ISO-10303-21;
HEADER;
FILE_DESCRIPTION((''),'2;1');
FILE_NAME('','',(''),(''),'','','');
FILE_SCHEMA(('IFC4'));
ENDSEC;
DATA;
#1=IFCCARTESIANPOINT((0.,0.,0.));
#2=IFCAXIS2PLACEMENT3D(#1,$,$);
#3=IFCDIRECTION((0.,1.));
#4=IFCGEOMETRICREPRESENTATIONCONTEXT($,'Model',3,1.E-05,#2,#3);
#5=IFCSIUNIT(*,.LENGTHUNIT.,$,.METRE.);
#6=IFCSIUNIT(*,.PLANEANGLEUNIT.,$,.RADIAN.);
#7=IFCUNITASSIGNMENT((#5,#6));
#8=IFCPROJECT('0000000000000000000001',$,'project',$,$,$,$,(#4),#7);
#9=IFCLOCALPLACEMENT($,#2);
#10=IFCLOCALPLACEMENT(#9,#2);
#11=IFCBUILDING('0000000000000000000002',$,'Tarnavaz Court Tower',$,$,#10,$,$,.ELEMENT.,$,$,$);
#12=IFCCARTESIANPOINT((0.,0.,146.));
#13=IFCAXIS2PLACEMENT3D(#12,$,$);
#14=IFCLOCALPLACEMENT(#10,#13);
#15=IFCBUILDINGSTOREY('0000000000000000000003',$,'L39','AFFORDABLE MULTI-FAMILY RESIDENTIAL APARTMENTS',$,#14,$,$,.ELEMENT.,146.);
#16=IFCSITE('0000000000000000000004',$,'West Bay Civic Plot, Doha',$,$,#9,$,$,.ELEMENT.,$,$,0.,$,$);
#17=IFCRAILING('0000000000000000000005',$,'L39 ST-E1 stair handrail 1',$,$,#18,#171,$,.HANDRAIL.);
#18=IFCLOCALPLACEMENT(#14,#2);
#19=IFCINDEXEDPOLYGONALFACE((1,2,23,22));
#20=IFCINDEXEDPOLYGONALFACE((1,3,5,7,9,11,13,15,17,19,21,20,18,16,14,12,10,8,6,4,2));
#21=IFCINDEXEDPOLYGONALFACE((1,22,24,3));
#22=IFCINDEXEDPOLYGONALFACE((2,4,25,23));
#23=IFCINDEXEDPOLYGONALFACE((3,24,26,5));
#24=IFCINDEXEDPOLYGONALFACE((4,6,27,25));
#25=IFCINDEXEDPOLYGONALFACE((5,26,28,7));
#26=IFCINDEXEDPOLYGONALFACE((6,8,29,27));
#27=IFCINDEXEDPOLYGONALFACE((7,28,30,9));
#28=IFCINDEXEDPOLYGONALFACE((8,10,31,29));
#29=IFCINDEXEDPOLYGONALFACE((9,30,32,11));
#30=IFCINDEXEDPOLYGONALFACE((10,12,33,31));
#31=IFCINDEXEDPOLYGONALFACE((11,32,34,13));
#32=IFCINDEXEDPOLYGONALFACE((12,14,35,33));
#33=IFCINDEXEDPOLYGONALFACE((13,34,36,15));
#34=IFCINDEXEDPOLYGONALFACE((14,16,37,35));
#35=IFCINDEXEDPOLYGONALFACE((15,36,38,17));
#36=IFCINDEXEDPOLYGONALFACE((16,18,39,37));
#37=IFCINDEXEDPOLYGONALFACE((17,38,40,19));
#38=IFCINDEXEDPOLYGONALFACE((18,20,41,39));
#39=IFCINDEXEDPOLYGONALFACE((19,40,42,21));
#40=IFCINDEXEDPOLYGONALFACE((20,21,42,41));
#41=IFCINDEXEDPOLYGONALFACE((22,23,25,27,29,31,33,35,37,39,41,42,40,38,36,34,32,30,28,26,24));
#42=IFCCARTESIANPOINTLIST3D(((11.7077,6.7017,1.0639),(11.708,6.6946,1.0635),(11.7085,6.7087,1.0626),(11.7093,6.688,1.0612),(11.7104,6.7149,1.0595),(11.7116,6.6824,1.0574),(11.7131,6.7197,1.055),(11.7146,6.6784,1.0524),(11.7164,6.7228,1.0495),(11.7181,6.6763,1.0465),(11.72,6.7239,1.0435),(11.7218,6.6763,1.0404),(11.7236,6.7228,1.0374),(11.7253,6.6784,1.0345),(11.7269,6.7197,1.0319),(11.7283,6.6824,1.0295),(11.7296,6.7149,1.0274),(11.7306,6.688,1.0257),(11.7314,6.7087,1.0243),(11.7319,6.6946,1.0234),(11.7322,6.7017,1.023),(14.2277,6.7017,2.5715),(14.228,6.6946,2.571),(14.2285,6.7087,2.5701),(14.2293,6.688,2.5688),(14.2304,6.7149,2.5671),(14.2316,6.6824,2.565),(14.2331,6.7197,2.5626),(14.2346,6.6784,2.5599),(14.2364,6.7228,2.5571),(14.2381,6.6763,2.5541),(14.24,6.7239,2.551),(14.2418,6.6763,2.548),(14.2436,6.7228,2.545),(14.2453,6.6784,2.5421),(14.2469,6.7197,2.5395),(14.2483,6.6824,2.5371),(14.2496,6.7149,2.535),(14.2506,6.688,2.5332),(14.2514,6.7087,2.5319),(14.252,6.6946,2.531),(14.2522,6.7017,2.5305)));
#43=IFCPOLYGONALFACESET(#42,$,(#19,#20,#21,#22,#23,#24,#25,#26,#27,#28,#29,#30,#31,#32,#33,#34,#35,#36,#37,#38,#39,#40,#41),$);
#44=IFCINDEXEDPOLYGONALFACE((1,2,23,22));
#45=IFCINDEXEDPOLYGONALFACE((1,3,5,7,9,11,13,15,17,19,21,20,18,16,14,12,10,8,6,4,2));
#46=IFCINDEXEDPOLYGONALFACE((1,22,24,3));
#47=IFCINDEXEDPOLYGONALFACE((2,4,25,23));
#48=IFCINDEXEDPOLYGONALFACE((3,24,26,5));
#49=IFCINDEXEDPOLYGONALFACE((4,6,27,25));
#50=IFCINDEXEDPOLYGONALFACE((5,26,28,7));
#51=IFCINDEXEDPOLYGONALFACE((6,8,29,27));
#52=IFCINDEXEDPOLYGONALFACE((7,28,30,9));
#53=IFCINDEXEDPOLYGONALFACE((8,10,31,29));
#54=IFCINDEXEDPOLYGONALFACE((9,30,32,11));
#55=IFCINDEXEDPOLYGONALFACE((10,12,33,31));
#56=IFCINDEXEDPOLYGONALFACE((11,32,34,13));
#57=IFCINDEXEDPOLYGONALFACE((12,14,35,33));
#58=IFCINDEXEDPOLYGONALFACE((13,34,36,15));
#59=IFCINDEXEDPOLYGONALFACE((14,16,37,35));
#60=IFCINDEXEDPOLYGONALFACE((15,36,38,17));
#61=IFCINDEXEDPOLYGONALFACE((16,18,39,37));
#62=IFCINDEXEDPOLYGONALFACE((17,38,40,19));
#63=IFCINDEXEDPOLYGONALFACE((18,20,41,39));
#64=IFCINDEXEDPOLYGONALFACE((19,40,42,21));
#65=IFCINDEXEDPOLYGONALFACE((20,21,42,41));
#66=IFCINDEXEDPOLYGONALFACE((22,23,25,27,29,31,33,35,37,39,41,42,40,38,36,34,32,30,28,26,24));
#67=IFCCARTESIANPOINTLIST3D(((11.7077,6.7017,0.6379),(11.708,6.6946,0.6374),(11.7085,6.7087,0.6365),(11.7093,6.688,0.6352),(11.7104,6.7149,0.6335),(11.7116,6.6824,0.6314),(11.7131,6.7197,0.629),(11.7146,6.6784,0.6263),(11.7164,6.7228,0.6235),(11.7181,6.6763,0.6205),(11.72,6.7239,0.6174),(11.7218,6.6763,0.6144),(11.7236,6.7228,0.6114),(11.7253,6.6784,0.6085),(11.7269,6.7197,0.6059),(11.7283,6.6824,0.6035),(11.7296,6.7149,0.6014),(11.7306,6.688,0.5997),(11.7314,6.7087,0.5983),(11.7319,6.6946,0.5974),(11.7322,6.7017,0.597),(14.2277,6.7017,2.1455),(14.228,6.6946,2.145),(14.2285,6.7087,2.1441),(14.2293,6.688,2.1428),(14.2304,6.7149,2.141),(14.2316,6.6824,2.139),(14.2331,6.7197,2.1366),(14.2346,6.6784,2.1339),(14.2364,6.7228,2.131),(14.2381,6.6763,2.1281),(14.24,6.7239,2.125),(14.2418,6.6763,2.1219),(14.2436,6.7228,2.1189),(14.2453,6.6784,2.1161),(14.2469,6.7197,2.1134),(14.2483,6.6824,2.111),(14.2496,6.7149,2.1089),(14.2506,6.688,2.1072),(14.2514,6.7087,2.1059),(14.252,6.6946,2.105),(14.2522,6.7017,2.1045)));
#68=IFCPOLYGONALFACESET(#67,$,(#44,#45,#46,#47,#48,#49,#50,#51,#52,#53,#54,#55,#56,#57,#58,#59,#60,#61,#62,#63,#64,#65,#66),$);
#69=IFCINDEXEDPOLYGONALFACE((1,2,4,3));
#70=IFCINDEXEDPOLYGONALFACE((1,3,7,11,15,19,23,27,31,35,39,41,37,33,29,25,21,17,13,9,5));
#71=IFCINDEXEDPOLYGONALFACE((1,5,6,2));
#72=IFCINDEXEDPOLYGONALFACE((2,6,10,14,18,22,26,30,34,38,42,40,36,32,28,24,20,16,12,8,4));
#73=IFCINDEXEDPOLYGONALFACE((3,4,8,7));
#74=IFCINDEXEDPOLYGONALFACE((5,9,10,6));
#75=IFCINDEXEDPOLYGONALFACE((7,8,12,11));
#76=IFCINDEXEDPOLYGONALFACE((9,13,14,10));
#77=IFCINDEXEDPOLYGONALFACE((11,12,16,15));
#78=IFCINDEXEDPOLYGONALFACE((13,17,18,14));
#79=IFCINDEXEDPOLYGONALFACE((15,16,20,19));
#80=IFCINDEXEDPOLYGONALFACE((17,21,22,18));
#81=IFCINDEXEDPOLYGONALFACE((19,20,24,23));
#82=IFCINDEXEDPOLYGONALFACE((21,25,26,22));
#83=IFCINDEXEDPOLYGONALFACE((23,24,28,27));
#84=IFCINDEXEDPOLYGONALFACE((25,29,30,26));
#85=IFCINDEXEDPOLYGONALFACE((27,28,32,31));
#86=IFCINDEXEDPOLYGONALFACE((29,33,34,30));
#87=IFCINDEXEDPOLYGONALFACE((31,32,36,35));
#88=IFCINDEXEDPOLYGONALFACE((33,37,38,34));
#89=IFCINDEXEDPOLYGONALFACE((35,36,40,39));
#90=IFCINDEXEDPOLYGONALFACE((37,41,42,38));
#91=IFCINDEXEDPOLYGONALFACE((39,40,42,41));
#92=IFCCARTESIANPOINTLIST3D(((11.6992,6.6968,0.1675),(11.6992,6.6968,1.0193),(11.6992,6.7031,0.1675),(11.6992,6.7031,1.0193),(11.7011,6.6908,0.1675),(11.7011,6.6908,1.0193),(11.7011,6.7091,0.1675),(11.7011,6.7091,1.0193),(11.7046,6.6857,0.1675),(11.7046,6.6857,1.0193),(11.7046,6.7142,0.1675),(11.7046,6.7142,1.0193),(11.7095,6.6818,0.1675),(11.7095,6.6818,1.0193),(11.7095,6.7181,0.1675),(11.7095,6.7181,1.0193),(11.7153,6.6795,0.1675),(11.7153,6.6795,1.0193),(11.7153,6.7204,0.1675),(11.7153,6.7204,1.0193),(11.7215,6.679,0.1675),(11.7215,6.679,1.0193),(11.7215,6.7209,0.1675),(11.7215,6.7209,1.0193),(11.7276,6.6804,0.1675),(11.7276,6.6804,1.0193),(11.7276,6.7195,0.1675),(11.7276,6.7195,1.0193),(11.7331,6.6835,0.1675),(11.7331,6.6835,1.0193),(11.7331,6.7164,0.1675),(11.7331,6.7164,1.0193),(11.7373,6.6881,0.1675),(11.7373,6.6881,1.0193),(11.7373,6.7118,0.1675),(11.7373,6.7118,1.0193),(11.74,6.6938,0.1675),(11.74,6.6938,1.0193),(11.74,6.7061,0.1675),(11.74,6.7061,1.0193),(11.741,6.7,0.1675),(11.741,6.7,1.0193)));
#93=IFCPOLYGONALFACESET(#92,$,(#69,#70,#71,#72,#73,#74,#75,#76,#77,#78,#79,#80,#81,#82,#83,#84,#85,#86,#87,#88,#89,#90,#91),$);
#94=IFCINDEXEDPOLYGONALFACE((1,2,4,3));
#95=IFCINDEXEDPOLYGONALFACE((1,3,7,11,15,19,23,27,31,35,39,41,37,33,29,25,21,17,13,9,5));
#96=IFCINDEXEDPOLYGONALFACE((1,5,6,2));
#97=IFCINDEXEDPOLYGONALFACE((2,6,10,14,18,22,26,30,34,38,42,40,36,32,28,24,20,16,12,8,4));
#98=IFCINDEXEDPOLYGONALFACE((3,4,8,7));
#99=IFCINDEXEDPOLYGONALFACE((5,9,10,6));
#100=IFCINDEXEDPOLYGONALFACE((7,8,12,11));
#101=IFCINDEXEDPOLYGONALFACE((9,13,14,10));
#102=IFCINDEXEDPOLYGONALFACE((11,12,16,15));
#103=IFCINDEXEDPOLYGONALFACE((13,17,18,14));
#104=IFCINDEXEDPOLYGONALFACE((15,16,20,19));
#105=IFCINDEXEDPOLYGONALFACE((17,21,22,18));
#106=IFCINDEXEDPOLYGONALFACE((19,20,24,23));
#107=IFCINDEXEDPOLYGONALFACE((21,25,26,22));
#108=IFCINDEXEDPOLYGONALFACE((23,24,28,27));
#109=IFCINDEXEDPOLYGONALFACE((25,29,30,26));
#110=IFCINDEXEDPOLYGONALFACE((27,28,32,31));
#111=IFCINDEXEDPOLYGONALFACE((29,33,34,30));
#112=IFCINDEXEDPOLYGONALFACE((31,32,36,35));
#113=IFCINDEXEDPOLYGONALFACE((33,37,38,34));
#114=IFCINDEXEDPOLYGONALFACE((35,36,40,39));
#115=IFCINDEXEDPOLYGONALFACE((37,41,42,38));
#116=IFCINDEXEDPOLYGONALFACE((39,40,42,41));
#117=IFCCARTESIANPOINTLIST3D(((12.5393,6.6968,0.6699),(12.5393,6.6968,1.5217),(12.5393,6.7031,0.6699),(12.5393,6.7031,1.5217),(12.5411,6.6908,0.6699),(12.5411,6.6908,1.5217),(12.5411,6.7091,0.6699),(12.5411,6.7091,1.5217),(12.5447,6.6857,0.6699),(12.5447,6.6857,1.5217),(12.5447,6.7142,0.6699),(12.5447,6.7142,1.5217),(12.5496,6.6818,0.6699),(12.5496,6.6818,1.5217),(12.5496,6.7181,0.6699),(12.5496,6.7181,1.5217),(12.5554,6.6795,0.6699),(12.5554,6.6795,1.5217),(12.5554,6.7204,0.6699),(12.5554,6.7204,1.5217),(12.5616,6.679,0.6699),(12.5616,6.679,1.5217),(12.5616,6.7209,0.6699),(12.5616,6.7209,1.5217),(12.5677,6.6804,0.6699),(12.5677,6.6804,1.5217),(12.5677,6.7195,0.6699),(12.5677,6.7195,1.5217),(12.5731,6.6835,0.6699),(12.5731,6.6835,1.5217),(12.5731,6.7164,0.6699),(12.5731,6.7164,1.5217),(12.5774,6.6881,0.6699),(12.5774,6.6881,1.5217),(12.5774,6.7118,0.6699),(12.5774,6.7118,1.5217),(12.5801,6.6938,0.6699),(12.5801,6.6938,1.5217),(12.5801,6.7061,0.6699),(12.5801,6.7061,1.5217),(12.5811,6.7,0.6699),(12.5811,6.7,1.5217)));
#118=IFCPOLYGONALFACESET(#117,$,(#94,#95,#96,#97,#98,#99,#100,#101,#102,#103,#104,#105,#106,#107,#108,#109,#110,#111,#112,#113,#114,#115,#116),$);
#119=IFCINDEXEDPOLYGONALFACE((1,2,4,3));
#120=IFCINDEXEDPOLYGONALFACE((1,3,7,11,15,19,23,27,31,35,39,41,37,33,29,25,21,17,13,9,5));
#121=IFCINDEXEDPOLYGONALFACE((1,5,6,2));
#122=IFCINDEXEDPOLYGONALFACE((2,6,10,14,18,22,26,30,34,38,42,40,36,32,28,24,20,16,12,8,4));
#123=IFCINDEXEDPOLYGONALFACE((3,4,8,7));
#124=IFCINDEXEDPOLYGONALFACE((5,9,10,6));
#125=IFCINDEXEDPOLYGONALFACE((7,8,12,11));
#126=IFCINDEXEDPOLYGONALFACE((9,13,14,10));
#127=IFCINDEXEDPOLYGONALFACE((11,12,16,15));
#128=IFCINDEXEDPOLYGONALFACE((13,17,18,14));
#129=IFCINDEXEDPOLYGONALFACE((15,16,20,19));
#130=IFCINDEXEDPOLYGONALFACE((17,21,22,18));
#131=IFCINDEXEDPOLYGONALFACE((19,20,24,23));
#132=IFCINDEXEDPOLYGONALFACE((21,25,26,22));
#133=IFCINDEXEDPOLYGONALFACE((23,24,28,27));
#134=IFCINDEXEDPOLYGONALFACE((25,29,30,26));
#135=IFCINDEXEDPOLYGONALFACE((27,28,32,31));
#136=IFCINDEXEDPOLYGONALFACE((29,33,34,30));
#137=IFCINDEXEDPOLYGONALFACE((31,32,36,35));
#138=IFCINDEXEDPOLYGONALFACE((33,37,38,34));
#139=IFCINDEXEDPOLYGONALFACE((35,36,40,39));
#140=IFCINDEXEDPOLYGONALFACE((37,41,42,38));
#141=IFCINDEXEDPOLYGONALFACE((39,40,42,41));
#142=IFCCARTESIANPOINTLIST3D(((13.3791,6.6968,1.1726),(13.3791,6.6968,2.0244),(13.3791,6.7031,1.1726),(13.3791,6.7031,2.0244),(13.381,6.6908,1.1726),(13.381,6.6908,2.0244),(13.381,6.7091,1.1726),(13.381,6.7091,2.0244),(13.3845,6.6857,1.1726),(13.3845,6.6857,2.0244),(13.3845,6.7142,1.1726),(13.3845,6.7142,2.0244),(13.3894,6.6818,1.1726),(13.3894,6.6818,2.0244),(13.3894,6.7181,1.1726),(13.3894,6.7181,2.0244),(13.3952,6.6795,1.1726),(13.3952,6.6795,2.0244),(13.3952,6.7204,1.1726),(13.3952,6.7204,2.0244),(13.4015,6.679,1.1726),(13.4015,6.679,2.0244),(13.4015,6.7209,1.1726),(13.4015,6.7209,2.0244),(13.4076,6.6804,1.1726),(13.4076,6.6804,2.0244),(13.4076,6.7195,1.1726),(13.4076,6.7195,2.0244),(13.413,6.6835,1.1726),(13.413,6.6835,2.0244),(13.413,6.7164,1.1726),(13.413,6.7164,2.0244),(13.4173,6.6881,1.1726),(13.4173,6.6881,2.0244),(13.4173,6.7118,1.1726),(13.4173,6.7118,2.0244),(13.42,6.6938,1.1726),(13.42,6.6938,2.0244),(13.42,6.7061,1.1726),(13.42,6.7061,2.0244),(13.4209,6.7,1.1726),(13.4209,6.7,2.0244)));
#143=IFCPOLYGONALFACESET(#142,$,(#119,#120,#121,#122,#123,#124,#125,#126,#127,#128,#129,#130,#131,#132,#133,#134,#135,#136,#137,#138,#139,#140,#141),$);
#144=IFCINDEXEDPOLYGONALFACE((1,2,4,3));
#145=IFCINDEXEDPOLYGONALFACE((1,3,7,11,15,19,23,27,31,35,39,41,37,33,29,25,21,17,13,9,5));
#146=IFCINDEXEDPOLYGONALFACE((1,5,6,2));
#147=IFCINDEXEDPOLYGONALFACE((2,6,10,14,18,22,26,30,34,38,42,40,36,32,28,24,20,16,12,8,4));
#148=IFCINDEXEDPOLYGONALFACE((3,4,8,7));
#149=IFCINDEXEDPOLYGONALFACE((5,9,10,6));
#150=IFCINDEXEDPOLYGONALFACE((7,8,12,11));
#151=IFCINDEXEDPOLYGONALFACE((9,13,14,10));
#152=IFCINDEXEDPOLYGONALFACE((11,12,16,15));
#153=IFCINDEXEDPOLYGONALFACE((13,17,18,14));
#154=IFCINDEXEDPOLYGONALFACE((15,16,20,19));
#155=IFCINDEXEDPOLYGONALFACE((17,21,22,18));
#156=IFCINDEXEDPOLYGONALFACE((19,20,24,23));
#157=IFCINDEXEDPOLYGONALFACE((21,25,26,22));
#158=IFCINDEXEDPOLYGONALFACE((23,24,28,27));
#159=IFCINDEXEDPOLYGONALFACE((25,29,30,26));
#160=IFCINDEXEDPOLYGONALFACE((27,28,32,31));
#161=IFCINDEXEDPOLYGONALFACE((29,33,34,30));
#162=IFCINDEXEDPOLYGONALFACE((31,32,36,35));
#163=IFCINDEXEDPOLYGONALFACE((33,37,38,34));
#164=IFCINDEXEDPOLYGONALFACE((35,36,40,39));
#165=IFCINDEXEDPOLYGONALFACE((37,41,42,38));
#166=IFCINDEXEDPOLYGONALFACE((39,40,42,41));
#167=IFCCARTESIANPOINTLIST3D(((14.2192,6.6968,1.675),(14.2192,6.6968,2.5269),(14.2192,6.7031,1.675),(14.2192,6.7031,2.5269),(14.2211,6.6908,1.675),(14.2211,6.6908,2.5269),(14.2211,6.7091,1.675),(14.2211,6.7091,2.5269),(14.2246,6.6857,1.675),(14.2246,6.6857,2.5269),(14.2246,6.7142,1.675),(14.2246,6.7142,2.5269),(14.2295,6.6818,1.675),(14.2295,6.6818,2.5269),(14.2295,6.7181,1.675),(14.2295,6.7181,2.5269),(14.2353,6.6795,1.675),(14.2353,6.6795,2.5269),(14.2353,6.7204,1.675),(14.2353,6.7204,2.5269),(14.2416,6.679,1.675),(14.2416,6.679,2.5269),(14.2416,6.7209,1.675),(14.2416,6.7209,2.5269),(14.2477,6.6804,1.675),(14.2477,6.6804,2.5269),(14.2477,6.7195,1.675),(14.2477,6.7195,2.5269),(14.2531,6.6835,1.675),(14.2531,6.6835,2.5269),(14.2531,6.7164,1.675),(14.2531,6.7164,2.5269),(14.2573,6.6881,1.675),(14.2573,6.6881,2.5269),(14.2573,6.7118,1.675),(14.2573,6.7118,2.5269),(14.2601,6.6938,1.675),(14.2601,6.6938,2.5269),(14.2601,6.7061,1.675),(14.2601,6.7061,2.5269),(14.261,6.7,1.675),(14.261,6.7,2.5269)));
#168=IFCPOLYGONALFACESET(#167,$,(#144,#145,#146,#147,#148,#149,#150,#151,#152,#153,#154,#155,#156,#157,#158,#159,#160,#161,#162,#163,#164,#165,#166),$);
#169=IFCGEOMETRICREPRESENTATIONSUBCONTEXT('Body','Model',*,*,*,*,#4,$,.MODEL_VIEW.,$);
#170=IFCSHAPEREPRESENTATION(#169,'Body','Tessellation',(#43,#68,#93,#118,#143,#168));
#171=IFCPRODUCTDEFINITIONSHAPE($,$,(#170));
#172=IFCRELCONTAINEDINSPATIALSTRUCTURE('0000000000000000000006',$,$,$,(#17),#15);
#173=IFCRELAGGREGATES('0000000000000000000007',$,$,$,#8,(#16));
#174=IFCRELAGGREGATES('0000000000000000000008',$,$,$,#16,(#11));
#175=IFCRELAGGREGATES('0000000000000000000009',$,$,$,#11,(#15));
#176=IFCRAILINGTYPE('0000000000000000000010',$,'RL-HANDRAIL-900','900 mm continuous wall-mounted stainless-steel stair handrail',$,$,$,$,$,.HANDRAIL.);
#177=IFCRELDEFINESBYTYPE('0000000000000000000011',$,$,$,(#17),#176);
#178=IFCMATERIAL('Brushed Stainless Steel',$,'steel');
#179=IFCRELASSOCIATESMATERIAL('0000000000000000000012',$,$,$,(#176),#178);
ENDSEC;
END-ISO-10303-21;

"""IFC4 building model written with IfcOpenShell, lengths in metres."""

from ifc_helpers import new_model, si_unit, direction, frame, origin, origin_2d, place, context, subcontext, project, spatial, circle, extrude, material, type_object, element, save


model = new_model("IFC4")

# Units and contexts
model_context = context("Model", 3, precision=1e-05, world=origin(), true_north=direction((0.0, 1.0)))
body_context = subcontext(model_context, "Body", "Model", "MODEL_VIEW")
ifc_project = project(units=[si_unit("LENGTHUNIT", "METRE"), si_unit("PLANEANGLEUNIT", "RADIAN")], contexts=[model_context])

# Site, building, storey
site_placement = place(None, origin())
site = spatial("IfcSite", under=ifc_project, at=site_placement, Name="West Bay Civic Plot, Doha", CompositionType="ELEMENT", RefElevation=0.0)
building_placement = place(site_placement, origin())
building = spatial("IfcBuilding", under=site, at=building_placement, Name="Tarnavaz Court Tower", CompositionType="ELEMENT")
storey_placement = place(building_placement, frame((0.0, 0.0, 146.0)))
storey = spatial("IfcBuildingStorey", under=building, at=storey_placement, Name="L39", Description="AFFORDABLE MULTI-FAMILY RESIDENTIAL APARTMENTS", CompositionType="ELEMENT", Elevation=146.0)

# Railing
ifc_material_1 = material(Name="Brushed Stainless Steel", Category="steel")
railing_type_1 = type_object("IfcRailingType", Name="RL-HANDRAIL-900", Description="900 mm continuous wall-mounted stainless-steel stair handrail", PredefinedType="HANDRAIL", material=ifc_material_1)
railing_1_placement = place(storey_placement, frame((11.72, 6.7, 0.1675)))
element("IfcRailing", 1, at=railing_1_placement, inside=storey, type_object=railing_type_1, Name="L39 ST-E1 stair handrail 1", PredefinedType="HANDRAIL", context=body_context, shape_type="SweptSolid", body=[
    extrude(circle(Radius=0.0239, at=origin_2d()), frame((0.0, 0.0, 0.876), z_axis=(0.85816, 0.0, 0.513383), x_axis=(0.0, 1.0, 0.0)), (0.0, 0.0, 1.0), 2.9365),
    extrude(circle(Radius=0.0239, at=origin_2d()), frame((0.0, 0.0, 0.45), z_axis=(0.85816, 0.0, 0.513383), x_axis=(0.0, 1.0, 0.0)), (0.0, 0.0, 1.0), 2.9365),
    extrude(circle(Radius=0.021, at=origin_2d()), origin(), (0.0, 0.0, 1.0), 0.8518),
    extrude(circle(Radius=0.021, at=origin_2d()), frame((0.8401, 0.0, 0.5024)), (0.0, 0.0, 1.0), 0.8518),
    extrude(circle(Radius=0.021, at=origin_2d()), frame((1.6799, 0.0, 1.0051)), (0.0, 0.0, 1.0), 0.8518),
    extrude(circle(Radius=0.021, at=origin_2d()), frame((2.52, 0.0, 1.5076)), (0.0, 0.0, 1.0), 0.8518),
])

save(model, "model.ifc")
